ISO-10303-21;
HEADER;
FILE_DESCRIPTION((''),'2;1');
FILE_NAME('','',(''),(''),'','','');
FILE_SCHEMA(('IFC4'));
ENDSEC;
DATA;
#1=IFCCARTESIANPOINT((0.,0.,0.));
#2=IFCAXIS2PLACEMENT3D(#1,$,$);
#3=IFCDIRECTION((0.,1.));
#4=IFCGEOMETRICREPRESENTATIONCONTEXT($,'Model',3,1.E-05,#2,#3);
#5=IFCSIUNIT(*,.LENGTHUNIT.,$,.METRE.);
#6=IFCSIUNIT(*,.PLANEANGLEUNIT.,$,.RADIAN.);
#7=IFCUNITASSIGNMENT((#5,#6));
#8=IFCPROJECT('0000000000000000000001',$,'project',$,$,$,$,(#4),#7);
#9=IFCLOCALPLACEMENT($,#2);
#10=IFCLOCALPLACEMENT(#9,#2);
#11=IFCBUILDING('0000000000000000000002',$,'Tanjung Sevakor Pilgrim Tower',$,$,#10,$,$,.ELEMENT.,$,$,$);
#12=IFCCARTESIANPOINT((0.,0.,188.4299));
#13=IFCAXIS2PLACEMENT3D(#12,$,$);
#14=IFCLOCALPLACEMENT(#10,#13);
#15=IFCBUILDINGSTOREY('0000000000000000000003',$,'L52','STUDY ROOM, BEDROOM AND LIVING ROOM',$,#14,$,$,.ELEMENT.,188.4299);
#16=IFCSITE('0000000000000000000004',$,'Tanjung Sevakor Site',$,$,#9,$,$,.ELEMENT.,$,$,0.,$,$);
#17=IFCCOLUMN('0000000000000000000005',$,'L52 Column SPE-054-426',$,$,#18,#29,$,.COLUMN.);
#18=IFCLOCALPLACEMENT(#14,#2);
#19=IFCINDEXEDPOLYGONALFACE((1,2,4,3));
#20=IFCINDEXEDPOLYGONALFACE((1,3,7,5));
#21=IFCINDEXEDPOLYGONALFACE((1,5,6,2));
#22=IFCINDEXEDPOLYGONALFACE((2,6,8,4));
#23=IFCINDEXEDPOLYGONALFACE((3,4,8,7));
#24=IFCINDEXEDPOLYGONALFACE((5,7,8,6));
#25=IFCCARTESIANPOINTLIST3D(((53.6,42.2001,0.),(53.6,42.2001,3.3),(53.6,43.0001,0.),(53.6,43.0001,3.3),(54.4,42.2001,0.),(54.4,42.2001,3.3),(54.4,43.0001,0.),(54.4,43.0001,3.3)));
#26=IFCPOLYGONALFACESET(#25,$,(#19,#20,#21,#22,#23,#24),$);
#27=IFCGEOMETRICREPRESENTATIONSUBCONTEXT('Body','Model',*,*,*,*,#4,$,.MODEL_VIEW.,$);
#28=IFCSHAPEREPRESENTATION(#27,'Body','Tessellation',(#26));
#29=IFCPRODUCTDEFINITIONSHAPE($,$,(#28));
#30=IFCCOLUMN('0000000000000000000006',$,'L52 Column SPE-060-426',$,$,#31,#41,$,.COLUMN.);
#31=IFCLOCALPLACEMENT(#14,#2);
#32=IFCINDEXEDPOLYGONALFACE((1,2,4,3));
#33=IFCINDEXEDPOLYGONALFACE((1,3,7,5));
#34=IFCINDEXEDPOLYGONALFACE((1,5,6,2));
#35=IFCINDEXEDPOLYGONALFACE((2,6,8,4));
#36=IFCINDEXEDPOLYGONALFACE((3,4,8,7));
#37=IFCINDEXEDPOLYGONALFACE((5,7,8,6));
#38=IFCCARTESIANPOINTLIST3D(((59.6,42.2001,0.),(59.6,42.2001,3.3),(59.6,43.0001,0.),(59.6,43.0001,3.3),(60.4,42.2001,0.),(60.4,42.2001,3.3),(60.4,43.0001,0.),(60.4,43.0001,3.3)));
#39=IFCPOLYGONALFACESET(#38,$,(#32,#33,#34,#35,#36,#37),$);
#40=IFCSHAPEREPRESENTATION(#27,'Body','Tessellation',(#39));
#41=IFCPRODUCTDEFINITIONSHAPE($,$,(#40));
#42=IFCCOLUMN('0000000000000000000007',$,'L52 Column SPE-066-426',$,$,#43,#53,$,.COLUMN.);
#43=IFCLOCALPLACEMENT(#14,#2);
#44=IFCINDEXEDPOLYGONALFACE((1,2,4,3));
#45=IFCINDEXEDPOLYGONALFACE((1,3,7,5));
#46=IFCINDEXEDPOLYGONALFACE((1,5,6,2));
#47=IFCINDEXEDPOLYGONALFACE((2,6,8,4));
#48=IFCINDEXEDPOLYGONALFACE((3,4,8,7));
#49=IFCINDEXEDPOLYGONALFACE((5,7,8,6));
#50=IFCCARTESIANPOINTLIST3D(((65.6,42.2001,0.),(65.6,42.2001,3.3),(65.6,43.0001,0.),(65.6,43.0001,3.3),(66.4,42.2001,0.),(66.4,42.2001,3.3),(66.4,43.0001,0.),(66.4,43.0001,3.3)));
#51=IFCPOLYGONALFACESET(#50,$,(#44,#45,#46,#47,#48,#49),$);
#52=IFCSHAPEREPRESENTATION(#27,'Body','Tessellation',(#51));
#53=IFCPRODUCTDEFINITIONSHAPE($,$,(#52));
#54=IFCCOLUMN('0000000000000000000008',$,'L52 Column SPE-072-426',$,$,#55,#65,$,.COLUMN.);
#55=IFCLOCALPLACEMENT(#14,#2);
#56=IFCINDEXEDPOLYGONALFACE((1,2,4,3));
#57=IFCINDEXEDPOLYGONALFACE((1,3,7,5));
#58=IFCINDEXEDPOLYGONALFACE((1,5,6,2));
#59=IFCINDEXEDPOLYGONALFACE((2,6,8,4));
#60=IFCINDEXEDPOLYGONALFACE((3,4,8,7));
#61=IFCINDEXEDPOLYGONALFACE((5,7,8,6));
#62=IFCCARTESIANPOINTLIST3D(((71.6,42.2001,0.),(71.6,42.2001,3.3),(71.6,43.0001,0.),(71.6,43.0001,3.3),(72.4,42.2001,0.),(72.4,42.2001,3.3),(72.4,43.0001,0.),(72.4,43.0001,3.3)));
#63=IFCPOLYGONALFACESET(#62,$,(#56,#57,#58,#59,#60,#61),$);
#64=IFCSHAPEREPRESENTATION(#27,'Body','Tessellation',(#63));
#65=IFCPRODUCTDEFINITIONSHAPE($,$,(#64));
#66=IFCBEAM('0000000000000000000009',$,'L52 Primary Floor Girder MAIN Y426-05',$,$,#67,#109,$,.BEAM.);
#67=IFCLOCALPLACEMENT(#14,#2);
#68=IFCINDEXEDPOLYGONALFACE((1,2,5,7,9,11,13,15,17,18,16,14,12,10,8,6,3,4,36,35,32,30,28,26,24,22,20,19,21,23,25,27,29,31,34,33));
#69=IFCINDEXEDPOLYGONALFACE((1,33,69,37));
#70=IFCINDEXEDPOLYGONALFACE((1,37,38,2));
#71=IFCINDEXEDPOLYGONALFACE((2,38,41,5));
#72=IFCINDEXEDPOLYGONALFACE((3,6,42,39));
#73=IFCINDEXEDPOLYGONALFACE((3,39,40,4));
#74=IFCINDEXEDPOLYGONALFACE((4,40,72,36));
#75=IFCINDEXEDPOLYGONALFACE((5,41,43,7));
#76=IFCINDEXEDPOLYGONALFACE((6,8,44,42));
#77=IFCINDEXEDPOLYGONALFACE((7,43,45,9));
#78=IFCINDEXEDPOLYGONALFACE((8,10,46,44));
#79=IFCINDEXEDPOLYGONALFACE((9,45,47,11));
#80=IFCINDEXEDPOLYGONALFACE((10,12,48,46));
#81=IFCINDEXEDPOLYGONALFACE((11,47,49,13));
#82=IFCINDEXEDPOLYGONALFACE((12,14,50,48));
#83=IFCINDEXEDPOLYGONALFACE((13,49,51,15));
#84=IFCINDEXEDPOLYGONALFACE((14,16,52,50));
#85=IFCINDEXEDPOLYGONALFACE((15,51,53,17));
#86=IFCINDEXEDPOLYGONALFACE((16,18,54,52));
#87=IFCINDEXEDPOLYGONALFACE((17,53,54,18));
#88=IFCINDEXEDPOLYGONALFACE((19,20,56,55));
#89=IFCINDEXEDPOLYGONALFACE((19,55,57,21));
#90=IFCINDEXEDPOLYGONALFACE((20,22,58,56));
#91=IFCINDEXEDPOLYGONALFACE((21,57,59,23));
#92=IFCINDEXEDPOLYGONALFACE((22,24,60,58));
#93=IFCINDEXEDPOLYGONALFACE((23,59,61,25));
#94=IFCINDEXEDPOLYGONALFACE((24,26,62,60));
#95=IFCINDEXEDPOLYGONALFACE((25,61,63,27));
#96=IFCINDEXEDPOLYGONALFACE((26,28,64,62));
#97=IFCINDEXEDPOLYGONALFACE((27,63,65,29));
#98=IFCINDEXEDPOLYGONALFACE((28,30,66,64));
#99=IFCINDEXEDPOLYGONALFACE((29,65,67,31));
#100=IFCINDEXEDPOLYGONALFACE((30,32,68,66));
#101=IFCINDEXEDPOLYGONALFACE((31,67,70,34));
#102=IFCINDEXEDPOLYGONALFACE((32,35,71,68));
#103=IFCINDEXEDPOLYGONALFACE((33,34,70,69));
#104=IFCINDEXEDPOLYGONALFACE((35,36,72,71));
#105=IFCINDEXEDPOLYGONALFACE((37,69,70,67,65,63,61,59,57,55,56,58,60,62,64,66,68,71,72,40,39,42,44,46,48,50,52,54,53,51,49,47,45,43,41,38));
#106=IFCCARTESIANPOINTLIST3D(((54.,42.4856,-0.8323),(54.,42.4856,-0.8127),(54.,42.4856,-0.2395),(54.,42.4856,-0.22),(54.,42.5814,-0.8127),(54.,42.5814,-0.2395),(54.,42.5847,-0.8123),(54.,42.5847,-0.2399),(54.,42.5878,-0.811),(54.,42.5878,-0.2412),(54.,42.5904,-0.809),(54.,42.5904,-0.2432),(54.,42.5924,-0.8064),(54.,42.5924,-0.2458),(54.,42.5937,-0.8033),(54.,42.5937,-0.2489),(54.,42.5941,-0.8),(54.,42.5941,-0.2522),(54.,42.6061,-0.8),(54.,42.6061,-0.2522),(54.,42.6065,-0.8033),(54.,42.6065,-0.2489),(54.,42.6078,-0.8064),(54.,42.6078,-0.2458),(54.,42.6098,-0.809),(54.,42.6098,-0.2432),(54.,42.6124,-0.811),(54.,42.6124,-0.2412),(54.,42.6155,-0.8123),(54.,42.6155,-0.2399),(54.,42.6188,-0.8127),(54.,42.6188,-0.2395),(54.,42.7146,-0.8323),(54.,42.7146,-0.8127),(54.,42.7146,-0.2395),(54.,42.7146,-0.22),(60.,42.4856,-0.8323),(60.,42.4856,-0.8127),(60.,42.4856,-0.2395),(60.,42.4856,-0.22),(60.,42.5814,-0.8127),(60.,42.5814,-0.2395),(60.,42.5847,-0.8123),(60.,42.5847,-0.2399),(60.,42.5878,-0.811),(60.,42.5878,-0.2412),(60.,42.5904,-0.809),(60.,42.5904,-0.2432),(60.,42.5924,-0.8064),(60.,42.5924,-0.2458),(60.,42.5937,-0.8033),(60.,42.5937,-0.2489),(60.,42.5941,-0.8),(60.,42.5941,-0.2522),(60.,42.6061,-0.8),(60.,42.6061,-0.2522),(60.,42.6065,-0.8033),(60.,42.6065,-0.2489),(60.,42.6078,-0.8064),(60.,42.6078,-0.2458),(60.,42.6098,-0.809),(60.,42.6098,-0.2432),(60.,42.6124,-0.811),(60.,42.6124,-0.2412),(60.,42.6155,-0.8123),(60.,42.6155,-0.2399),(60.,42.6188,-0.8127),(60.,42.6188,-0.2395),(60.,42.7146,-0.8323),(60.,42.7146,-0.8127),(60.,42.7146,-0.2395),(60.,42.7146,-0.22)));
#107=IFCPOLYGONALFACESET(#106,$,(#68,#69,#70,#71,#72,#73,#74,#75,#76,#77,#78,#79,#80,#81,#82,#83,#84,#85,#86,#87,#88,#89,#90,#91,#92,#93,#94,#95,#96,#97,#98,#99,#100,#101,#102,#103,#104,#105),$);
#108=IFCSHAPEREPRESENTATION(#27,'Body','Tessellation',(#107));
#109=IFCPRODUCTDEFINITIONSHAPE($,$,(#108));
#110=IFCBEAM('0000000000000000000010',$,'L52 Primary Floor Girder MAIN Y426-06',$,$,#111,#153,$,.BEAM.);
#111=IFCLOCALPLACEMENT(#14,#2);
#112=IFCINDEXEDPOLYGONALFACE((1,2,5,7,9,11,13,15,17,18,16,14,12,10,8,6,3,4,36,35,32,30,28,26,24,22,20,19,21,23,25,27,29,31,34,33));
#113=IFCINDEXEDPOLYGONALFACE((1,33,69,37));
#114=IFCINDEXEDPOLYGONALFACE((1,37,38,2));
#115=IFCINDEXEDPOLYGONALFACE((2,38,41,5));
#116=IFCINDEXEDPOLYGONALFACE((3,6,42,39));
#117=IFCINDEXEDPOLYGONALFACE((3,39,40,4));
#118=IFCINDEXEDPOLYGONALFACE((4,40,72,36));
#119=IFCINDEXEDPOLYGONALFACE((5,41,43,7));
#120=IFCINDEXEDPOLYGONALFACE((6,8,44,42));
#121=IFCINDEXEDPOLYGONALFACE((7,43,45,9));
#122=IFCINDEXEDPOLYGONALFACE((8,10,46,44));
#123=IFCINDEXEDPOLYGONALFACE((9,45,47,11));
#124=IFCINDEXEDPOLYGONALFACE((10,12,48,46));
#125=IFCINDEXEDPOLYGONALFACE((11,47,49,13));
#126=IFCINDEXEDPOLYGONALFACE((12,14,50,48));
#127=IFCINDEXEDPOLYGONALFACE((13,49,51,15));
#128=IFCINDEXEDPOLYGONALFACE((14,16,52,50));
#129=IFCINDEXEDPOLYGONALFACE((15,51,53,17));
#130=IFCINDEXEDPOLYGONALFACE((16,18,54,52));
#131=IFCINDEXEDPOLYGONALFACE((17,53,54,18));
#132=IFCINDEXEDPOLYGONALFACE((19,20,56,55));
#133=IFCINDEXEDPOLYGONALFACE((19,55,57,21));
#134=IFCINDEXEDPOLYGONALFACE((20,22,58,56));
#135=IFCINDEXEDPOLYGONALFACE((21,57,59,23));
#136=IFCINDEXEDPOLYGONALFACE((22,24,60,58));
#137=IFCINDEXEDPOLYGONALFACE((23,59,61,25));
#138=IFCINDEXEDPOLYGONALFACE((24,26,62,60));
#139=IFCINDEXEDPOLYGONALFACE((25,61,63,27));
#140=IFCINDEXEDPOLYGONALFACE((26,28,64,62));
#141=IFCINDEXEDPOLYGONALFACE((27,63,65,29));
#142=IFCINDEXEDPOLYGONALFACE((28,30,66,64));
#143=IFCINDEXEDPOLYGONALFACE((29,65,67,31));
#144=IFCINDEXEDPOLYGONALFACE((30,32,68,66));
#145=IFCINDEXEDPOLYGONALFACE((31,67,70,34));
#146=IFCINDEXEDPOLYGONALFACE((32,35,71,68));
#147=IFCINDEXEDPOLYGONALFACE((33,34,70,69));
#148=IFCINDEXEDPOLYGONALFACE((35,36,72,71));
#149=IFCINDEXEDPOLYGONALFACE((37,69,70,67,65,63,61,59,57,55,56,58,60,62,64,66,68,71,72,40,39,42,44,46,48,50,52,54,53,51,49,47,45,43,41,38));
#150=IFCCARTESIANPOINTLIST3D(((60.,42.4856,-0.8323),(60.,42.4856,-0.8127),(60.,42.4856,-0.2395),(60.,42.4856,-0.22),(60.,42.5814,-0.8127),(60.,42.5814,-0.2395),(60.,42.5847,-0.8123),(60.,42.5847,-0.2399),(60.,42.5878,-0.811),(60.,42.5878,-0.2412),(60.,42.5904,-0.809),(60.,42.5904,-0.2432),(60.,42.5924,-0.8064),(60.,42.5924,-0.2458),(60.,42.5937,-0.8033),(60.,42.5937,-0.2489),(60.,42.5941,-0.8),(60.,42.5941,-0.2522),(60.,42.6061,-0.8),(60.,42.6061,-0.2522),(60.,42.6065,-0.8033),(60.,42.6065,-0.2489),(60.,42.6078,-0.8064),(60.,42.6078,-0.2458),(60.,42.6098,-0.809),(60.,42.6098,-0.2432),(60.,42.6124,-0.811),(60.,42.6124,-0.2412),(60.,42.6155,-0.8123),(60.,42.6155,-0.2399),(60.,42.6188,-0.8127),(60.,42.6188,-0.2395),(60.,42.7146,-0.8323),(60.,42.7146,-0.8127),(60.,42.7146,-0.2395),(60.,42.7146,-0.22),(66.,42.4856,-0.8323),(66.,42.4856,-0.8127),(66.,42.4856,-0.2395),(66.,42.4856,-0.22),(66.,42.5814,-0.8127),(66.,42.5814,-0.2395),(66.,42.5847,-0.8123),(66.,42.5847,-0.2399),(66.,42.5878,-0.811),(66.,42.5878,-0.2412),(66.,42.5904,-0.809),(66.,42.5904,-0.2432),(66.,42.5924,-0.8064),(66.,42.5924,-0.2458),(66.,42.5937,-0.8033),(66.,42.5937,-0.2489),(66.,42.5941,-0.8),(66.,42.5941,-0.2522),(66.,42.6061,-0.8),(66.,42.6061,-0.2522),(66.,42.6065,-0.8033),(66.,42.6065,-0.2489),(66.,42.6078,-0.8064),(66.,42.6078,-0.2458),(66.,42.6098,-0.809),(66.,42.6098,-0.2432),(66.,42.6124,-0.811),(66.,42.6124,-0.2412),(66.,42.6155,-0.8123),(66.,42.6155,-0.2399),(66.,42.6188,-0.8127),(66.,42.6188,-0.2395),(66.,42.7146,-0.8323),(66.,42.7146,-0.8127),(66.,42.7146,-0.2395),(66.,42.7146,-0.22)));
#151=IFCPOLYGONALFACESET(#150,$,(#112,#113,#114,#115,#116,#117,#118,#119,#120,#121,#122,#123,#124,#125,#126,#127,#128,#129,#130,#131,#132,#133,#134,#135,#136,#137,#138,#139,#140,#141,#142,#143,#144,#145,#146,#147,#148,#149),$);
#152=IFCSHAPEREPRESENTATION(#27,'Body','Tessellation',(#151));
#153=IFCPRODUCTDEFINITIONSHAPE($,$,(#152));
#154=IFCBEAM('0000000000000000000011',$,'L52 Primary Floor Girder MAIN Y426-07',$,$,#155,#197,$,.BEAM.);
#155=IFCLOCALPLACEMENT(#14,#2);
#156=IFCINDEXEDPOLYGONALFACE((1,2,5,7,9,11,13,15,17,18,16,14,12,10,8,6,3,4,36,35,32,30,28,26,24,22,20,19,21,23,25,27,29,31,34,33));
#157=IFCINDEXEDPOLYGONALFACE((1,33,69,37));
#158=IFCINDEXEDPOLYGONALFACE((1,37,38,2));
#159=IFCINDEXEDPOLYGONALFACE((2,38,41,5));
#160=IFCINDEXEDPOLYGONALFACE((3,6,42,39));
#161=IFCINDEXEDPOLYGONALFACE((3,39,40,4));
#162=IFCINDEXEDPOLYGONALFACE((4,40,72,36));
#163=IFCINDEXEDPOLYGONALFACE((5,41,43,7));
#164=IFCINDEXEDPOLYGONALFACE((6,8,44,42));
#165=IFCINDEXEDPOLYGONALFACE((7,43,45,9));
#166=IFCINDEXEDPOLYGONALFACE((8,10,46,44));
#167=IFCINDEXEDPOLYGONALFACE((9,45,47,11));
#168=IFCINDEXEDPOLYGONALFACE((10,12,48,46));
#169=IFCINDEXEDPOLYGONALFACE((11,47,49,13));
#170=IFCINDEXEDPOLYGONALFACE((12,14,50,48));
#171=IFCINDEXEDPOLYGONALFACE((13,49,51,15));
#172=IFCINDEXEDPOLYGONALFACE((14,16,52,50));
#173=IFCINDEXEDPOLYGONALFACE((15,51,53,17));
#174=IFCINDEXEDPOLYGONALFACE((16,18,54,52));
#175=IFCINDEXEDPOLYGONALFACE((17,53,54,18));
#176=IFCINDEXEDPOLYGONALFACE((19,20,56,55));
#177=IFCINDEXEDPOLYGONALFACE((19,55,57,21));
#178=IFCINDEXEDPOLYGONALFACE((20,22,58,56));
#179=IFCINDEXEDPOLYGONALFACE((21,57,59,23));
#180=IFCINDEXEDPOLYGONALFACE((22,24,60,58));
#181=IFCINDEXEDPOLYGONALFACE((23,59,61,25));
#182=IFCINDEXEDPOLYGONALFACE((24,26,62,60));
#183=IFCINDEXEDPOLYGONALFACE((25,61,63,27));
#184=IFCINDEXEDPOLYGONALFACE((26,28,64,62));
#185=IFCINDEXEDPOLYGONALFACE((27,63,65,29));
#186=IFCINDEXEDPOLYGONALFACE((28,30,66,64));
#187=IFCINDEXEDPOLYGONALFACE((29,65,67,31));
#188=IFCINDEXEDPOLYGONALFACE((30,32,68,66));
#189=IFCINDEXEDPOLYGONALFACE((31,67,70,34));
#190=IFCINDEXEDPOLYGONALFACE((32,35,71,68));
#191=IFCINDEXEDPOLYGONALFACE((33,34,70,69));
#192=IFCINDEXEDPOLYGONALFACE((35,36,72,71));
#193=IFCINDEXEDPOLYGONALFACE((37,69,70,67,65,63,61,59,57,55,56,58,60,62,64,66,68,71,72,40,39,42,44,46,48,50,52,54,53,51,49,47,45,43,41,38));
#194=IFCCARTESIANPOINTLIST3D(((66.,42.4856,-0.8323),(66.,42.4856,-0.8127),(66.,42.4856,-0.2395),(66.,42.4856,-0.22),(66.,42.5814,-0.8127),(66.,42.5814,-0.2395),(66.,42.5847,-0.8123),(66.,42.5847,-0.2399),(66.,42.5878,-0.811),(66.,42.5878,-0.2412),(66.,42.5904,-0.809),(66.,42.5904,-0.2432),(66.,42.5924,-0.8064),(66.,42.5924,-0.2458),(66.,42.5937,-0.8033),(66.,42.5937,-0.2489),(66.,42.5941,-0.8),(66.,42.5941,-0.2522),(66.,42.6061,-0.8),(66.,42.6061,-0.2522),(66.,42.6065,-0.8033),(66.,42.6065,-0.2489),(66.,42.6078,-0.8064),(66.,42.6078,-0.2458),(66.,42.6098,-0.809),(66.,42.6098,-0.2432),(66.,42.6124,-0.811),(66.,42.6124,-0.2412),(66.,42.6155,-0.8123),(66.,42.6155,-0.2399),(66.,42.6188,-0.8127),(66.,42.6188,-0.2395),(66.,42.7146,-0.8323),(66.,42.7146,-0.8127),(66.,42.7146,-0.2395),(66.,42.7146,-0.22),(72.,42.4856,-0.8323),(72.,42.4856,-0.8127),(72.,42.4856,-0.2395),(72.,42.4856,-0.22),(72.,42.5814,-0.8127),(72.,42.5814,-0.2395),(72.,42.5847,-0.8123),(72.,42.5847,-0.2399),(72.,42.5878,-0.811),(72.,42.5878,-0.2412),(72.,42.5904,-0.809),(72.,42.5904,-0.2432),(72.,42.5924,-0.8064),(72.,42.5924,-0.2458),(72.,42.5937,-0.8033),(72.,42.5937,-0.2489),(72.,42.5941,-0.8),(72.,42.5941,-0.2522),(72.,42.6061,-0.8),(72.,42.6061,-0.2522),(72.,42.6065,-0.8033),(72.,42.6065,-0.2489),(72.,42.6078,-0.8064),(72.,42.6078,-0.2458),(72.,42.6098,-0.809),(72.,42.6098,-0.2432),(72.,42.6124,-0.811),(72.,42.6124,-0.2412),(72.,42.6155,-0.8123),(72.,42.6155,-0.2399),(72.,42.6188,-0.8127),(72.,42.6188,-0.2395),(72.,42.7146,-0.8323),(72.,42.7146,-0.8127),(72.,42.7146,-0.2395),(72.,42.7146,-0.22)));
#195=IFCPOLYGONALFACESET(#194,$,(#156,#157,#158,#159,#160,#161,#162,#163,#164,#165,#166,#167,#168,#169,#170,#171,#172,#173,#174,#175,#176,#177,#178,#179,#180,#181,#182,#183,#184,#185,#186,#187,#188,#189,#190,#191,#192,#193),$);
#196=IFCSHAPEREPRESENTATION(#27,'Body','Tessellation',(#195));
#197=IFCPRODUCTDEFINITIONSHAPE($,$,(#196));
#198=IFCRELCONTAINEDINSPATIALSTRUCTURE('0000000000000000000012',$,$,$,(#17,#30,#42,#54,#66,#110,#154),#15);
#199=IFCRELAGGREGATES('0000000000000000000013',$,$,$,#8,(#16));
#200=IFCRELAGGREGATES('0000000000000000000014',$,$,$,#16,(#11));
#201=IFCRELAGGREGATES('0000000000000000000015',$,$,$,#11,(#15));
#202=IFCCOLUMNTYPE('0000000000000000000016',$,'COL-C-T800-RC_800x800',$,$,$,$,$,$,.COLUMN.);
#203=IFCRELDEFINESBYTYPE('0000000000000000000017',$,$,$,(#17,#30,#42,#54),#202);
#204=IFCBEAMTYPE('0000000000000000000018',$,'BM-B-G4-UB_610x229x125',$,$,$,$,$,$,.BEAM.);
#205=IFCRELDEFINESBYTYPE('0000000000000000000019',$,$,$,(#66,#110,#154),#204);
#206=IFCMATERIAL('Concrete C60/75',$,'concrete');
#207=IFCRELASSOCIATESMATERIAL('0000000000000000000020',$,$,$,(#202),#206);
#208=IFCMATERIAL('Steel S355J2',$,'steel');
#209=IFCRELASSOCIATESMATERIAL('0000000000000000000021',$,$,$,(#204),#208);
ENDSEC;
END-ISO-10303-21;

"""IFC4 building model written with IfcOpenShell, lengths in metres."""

from ifc_helpers import new_model, si_unit, direction, frame, origin, origin_2d, place, context, subcontext, project, spatial, rectangle, i_section, extrude, material, material_profile, profile_set, type_object, element, save


model = new_model("IFC4")

# Units and contexts
model_context = context("Model", 3, precision=1e-05, world=origin(), true_north=direction((0.0, 1.0)))
body_context = subcontext(model_context, "Body", "Model", "MODEL_VIEW")
ifc_project = project(units=[si_unit("LENGTHUNIT", "METRE"), si_unit("PLANEANGLEUNIT", "RADIAN")], contexts=[model_context])

# Site, building, storey
site_placement = place(None, origin())
site = spatial("IfcSite", under=ifc_project, at=site_placement, Name="Tanjung Sevakor Site", CompositionType="ELEMENT", RefElevation=0.0)
building_placement = place(site_placement, origin())
building = spatial("IfcBuilding", under=site, at=building_placement, Name="Tanjung Sevakor Pilgrim Tower", CompositionType="ELEMENT")
storey_placement = place(building_placement, frame((0.0, 0.0, 188.4299)))
storey = spatial("IfcBuildingStorey", under=building, at=storey_placement, Name="L52", Description="STUDY ROOM, BEDROOM AND LIVING ROOM", CompositionType="ELEMENT", Elevation=188.4299)

# Columns
ifc_material_1 = material(Name="Concrete C60/75", Category="concrete")
ifc_material_profile_1 = material_profile(ifc_material_1, rectangle(XDim=0.8, YDim=0.8, at=origin_2d()))
ifc_profile_set_1 = profile_set([ifc_material_profile_1], Name="Concrete C60/75")
column_type = type_object("IfcColumnType", Name="COL-C-T800-RC_800x800", PredefinedType="COLUMN", material=ifc_profile_set_1)
for number, where, z_axis, x_axis, name in (
    (1, (54.0, 42.6001, 0.0), (0.0, 0.0, 1.0), (1.0, 0.0, 0.0), "L52 Column SPE-054-426"),
    (2, (60.0, 42.6001, 0.0), (0.0, 0.0, 1.0), (1.0, 0.0, 0.0), "L52 Column SPE-060-426"),
    (3, (66.0, 42.6001, 0.0), (0.0, 0.0, 1.0), (1.0, 0.0, 0.0), "L52 Column SPE-066-426"),
    (4, (72.0, 42.6001, 0.0), (0.0, 0.0, 1.0), (1.0, 0.0, 0.0), "L52 Column SPE-072-426"),
):
    element("IfcColumn", number, at=place(storey_placement, frame(where, z_axis=z_axis, x_axis=x_axis)), inside=storey, type_object=column_type, Name=name, PredefinedType="COLUMN", context=body_context, shape_type="SweptSolid", body=[
        extrude(rectangle(XDim=0.8, YDim=0.8, at=origin_2d()), origin(), (0.0, 0.0, 1.0), 3.3),
    ])

# Beams
ifc_material_2 = material(Name="Steel S355J2", Category="steel")
ifc_material_profile_2 = material_profile(ifc_material_2, i_section(OverallWidth=0.229, OverallDepth=0.6123, WebThickness=0.012, FlangeThickness=0.0195, FilletRadius=0.0127, at=origin_2d()))
ifc_profile_set_2 = profile_set([ifc_material_profile_2], Name="Steel S355J2")
beam_type_1 = type_object("IfcBeamType", Name="BM-B-G4-UB_610x229x125", PredefinedType="BEAM", material=ifc_profile_set_2)
for number, where, z_axis, x_axis, name in (
    (5, (54.0, 42.6001, -0.5261), (1.0, 0.0, 0.0), (0.0, 1.0, 0.0), "L52 Primary Floor Girder MAIN Y426-05"),
    (6, (60.0, 42.6001, -0.5261), (1.0, 0.0, 0.0), (0.0, 1.0, 0.0), "L52 Primary Floor Girder MAIN Y426-06"),
    (7, (66.0, 42.6001, -0.5261), (1.0, 0.0, 0.0), (0.0, 1.0, 0.0), "L52 Primary Floor Girder MAIN Y426-07"),
):
    element("IfcBeam", number, at=place(storey_placement, frame(where, z_axis=z_axis, x_axis=x_axis)), inside=storey, type_object=beam_type_1, Name=name, PredefinedType="BEAM", context=body_context, shape_type="SweptSolid", body=[
        extrude(i_section(OverallWidth=0.229, OverallDepth=0.6123, WebThickness=0.012, FlangeThickness=0.0195, FilletRadius=0.0127, at=origin_2d()), origin(), (0.0, 0.0, 1.0), 6.0),
    ])

save(model, "model.ifc")
